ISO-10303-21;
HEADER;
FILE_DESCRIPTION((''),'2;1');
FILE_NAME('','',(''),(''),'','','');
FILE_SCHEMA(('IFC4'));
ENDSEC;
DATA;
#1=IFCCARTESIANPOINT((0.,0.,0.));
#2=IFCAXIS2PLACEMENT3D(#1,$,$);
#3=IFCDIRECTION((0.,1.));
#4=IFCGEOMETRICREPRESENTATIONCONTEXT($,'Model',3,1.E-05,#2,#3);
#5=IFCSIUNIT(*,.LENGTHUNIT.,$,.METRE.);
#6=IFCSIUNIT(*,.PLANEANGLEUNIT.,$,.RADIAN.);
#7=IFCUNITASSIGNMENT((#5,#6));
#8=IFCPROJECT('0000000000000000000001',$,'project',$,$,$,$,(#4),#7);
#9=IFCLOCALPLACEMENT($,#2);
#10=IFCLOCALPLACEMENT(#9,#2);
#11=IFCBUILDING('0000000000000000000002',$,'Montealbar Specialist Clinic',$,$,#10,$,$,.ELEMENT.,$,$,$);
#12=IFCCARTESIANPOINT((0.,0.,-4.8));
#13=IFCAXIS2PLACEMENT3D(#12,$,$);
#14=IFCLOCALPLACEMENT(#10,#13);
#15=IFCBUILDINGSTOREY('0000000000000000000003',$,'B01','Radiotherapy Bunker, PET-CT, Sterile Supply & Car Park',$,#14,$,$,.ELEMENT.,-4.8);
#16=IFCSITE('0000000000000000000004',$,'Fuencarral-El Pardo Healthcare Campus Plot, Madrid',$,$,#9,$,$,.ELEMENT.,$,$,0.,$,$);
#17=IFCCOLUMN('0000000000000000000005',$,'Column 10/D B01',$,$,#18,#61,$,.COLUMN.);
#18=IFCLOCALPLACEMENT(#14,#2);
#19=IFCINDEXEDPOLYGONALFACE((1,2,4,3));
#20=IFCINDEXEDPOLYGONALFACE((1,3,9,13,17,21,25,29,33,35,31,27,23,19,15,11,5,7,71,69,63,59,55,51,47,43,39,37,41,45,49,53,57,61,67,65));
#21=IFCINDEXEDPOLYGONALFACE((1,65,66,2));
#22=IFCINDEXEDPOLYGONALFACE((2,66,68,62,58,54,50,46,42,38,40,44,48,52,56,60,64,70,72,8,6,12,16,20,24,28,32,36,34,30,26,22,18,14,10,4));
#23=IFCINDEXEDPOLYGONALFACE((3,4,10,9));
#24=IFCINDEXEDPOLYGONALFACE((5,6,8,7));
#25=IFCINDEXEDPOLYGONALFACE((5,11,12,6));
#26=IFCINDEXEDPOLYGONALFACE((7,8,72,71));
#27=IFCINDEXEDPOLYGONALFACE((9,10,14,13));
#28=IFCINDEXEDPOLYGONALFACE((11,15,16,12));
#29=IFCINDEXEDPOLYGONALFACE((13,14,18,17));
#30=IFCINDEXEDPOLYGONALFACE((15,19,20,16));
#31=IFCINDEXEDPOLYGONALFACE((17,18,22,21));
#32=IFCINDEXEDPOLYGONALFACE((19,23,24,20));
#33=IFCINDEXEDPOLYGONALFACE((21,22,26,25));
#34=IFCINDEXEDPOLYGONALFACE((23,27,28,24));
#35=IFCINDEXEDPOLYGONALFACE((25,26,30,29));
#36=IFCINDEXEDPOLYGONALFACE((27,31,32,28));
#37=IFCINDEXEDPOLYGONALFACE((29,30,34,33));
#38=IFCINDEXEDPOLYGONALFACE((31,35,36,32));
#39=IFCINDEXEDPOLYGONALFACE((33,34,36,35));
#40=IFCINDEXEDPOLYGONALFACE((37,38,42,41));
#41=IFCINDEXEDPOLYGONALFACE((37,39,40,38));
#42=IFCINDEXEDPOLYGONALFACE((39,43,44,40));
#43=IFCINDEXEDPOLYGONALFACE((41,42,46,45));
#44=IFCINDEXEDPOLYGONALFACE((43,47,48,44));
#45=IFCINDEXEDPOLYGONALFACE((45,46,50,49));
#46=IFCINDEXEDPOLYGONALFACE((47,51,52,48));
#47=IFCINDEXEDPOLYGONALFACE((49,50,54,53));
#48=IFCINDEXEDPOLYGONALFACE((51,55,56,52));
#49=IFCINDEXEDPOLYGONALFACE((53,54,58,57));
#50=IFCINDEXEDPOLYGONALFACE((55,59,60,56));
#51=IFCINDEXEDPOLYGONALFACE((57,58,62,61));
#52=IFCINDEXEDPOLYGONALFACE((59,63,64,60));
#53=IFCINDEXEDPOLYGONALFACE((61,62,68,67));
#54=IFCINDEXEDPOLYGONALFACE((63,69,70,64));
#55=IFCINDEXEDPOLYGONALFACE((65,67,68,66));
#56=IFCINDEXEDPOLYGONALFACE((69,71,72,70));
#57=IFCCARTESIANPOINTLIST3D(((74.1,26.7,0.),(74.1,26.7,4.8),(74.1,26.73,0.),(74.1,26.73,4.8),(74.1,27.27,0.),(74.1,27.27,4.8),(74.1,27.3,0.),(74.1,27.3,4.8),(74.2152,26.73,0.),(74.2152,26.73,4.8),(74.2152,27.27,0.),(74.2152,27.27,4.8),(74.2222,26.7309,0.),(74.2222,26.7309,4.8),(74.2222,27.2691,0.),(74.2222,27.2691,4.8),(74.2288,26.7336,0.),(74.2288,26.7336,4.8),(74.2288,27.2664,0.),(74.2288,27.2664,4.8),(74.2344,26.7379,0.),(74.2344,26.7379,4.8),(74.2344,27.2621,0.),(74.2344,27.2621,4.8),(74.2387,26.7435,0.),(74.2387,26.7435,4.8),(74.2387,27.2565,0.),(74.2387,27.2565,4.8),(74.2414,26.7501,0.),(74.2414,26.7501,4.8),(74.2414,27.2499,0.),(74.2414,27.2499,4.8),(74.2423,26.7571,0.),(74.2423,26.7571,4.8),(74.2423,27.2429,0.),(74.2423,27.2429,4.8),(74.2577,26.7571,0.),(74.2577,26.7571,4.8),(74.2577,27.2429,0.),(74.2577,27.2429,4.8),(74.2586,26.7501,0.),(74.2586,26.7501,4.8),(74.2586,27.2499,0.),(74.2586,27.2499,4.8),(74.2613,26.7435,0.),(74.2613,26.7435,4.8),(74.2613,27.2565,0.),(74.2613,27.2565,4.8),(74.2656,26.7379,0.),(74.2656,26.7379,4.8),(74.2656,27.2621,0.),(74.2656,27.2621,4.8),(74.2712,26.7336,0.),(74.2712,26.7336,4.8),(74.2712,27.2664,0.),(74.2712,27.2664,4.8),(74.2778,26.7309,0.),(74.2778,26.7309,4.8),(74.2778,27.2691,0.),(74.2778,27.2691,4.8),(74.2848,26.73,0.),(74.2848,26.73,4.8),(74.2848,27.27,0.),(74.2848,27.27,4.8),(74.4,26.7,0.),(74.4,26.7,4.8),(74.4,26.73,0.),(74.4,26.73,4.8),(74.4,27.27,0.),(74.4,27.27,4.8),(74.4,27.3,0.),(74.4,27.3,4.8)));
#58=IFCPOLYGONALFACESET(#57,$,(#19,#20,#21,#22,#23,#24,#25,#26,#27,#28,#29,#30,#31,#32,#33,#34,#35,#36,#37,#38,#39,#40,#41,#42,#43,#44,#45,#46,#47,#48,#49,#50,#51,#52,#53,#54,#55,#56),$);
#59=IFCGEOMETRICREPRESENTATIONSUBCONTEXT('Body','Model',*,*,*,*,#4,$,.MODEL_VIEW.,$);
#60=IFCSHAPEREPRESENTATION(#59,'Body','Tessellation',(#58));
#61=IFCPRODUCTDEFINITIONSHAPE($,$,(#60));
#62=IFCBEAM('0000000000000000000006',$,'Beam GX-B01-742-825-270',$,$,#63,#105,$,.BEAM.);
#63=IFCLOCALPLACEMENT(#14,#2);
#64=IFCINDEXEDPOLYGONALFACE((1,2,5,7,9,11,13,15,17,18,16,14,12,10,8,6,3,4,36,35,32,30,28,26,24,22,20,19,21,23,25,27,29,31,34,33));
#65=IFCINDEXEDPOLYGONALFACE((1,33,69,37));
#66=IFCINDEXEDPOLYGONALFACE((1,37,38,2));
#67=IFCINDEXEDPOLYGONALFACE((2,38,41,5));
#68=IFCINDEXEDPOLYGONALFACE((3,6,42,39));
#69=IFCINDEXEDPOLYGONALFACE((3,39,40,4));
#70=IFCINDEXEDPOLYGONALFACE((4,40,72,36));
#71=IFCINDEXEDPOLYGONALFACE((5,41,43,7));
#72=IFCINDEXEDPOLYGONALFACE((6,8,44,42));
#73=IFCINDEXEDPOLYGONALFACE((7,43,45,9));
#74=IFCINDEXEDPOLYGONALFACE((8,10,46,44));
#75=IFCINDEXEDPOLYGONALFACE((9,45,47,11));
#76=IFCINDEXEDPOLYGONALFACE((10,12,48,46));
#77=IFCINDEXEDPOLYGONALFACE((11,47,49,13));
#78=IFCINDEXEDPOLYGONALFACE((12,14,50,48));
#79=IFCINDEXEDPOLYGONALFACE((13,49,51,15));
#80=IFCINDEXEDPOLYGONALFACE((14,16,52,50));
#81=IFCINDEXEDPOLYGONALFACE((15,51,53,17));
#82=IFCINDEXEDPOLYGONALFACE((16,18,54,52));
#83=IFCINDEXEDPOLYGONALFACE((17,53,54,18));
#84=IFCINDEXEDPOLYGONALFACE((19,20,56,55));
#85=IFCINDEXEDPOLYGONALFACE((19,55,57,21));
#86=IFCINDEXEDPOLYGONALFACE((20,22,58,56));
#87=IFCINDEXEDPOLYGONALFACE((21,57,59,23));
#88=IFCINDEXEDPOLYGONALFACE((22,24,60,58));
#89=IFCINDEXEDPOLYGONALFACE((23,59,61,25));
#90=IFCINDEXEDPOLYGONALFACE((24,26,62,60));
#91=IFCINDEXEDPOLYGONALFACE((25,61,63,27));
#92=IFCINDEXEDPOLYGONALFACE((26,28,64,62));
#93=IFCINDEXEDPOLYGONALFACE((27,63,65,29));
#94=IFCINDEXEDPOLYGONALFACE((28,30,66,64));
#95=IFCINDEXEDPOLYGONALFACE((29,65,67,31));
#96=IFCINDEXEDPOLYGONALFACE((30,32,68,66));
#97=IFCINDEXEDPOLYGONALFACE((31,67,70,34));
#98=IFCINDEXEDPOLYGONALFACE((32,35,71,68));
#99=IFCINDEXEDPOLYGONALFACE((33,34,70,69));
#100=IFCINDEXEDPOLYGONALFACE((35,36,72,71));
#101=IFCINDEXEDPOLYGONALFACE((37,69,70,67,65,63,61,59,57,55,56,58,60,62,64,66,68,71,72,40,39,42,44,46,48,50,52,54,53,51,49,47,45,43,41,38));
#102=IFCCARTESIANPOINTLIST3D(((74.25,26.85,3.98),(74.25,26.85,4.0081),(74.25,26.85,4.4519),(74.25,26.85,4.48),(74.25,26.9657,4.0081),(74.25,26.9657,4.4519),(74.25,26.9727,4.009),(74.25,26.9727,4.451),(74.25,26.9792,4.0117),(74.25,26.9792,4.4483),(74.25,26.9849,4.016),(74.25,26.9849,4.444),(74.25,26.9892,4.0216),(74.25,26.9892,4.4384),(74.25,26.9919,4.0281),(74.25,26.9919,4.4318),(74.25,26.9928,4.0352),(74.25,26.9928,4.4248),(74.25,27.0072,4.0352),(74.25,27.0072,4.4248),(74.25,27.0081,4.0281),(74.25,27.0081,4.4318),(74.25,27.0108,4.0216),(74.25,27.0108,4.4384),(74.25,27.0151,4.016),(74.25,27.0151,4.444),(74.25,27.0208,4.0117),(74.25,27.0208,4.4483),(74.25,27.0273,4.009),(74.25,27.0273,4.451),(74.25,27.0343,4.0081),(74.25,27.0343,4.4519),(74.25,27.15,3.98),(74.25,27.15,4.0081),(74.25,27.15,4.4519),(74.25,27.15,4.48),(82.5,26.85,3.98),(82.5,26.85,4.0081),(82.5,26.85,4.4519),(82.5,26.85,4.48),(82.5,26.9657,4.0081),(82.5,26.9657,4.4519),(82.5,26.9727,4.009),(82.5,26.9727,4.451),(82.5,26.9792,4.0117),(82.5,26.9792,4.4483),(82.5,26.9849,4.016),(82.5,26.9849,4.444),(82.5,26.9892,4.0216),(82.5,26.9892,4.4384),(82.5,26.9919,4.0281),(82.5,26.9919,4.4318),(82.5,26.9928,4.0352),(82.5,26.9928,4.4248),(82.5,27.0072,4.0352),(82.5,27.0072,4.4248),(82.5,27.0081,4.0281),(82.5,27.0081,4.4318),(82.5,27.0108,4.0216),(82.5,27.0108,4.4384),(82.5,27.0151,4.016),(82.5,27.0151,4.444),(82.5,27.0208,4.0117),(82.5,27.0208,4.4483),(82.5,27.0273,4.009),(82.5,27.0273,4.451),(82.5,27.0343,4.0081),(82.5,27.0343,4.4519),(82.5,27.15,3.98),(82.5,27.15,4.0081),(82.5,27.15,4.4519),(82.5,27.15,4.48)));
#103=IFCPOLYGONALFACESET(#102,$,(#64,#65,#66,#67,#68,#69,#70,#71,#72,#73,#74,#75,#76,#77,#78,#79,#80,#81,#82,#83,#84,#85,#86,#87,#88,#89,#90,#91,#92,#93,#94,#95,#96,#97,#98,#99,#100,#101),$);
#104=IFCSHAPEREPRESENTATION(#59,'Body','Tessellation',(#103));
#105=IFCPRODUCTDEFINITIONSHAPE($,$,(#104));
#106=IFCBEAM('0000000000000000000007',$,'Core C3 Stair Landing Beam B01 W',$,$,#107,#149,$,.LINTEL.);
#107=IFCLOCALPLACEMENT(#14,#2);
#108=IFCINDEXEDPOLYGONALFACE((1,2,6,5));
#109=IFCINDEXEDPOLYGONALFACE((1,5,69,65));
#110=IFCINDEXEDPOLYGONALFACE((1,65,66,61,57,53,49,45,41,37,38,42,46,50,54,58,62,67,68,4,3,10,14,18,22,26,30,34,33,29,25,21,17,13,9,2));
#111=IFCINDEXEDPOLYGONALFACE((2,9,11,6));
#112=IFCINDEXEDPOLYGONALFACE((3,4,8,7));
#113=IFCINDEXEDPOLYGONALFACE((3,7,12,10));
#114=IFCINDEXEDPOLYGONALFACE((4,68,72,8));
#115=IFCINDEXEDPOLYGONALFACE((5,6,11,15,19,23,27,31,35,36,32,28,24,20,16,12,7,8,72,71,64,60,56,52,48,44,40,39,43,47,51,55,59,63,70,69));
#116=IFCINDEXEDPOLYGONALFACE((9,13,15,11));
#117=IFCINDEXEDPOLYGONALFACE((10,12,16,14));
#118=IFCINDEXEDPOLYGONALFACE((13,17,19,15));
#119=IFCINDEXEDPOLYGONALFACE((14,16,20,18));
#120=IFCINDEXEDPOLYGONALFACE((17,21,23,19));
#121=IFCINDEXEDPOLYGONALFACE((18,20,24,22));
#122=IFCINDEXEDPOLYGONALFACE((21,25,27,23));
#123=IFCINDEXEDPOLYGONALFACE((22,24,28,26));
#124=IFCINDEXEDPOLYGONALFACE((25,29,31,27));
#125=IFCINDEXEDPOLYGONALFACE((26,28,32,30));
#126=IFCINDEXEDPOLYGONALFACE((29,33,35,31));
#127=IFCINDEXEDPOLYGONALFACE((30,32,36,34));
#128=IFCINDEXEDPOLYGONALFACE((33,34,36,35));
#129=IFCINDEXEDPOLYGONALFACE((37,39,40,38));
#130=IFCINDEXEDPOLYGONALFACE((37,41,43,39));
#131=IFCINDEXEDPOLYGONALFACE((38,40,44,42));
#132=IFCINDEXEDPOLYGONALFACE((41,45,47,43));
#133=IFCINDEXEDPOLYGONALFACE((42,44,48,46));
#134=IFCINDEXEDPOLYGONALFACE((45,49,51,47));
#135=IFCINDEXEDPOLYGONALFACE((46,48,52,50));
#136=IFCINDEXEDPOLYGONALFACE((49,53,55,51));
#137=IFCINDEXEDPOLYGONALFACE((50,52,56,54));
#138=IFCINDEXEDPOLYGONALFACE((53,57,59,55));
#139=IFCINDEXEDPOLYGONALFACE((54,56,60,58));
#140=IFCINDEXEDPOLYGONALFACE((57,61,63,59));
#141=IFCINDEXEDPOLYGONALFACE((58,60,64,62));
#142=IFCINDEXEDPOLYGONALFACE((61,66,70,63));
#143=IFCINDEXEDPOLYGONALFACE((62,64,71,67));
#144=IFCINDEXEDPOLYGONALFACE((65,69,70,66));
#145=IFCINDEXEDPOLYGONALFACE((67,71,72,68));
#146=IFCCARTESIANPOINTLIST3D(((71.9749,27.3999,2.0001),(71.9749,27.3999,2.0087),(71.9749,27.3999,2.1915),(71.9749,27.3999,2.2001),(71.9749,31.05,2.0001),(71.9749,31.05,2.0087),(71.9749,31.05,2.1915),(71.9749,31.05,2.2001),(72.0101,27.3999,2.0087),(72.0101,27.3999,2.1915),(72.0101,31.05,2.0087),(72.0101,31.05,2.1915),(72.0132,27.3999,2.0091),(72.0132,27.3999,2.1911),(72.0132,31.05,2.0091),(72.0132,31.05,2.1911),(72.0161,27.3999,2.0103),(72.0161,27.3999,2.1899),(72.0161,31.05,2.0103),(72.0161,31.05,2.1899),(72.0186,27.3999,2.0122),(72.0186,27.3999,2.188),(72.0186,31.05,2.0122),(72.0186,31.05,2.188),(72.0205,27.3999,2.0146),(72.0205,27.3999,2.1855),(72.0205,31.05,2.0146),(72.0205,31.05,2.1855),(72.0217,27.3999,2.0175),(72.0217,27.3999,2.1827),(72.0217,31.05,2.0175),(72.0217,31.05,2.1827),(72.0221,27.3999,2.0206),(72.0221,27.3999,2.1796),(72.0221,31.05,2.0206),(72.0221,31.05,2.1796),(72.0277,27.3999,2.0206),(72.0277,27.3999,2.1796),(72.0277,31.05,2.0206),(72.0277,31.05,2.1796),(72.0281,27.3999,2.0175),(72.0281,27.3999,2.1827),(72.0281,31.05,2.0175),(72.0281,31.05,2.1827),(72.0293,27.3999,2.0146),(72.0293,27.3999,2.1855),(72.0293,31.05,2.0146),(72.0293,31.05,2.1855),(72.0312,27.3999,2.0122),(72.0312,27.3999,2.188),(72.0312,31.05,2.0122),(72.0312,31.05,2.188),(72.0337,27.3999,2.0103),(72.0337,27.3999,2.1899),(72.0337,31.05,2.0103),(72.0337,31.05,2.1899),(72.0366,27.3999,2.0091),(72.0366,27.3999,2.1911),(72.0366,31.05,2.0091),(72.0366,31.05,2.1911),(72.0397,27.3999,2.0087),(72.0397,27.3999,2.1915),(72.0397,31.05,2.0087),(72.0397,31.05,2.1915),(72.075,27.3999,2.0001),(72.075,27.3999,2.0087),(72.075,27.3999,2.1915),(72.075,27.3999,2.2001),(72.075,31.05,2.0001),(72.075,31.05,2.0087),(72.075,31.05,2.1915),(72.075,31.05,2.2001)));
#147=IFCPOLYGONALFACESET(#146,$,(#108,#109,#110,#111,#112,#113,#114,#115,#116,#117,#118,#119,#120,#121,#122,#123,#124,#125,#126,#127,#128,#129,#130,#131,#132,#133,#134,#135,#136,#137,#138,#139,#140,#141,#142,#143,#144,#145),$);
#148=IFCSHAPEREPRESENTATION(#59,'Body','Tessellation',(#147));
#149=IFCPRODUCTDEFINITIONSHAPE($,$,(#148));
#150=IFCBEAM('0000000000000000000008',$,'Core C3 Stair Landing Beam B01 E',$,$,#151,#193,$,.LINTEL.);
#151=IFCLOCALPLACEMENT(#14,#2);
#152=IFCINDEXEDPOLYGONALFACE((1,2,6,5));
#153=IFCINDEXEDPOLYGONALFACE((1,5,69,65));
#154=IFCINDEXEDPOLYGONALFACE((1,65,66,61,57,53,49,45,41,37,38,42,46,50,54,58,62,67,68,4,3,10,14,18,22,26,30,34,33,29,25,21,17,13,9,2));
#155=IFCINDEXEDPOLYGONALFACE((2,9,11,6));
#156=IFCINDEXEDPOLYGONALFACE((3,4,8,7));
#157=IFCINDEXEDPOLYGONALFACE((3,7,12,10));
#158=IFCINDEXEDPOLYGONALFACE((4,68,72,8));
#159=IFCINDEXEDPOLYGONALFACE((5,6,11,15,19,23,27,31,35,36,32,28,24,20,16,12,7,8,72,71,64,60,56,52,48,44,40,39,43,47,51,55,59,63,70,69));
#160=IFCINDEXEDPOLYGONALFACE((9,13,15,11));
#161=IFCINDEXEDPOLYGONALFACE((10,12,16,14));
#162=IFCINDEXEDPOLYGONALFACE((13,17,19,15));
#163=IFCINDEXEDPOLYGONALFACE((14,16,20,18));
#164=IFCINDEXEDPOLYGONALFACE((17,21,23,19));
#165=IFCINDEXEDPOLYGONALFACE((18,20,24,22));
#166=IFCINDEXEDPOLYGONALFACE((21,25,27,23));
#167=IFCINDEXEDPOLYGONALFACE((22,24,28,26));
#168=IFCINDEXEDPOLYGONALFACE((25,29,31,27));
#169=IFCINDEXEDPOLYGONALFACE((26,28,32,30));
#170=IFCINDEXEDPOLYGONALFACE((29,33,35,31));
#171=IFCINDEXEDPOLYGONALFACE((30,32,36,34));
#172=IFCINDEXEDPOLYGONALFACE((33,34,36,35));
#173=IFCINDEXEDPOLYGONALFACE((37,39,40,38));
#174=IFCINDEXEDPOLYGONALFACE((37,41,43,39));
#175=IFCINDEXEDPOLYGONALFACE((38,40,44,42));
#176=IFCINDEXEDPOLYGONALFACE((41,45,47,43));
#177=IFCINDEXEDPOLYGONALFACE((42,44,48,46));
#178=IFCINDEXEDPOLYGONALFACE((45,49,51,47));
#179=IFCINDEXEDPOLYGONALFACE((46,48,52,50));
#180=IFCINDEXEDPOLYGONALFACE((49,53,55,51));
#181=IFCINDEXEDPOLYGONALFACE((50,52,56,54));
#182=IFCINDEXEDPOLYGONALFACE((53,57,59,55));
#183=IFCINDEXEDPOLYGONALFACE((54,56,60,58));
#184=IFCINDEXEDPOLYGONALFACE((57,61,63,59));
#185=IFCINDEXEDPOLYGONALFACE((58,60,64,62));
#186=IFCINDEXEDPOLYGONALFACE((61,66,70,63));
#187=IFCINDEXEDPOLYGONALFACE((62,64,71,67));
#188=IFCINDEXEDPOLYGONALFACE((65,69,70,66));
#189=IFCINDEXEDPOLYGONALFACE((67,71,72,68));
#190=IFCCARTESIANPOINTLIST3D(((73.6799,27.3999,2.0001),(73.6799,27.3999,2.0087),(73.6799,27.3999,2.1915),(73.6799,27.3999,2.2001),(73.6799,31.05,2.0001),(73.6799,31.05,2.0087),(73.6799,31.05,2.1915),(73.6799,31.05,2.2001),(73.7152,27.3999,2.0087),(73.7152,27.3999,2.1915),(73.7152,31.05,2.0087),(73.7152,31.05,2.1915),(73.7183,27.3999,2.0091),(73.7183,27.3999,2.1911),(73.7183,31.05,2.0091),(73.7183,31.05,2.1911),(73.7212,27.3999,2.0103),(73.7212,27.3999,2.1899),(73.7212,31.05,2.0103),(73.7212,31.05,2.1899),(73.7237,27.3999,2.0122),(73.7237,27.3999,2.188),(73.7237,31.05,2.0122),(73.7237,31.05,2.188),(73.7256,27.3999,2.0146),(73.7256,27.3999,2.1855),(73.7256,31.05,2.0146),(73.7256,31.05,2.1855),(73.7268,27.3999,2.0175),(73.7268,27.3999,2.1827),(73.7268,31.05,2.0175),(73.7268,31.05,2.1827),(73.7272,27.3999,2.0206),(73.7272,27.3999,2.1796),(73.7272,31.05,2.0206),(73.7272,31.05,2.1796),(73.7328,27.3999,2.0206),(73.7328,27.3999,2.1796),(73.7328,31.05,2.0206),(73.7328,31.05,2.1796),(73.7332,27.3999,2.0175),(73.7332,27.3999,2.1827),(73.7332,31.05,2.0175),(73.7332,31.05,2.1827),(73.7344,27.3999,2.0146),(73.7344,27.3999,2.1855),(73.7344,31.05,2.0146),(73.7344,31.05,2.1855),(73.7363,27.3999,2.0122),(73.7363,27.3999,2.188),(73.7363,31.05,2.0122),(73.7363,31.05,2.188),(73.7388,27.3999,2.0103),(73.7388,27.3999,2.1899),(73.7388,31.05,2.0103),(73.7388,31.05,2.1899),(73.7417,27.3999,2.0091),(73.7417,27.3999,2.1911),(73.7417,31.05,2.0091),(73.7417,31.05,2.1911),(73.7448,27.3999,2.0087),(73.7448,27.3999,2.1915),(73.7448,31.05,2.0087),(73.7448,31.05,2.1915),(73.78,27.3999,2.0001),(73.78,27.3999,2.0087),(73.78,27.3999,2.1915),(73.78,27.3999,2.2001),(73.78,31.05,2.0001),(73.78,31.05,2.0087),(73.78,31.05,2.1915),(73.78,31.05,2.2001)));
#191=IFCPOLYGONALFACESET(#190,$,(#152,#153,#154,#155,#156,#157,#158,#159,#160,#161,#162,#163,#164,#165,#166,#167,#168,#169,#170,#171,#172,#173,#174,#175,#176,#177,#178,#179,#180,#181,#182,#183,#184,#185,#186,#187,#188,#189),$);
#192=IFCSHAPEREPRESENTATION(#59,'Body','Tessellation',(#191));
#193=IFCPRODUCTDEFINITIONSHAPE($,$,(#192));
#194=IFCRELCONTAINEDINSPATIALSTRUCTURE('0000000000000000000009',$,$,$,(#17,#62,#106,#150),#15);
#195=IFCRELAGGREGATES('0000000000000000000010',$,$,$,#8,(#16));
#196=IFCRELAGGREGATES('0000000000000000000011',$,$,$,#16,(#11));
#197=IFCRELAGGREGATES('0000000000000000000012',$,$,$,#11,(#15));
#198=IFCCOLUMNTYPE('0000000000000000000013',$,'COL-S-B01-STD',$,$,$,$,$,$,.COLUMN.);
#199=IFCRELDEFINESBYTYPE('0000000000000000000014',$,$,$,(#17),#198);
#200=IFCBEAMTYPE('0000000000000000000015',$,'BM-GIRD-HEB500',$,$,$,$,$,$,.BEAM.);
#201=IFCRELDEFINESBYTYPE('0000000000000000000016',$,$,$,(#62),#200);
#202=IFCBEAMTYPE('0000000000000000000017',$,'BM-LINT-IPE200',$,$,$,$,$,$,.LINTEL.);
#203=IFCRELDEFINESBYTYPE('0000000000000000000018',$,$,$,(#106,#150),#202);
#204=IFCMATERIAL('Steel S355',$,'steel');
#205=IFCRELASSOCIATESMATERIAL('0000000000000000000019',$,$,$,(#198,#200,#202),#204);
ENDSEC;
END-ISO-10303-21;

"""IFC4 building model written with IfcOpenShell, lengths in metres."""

from ifc_helpers import new_model, si_unit, direction, frame, origin, origin_2d, place, context, subcontext, project, spatial, i_section, extrude, material, material_profile, profile_set, type_object, element, save


model = new_model("IFC4")

# Units and contexts
model_context = context("Model", 3, precision=1e-05, world=origin(), true_north=direction((0.0, 1.0)))
body_context = subcontext(model_context, "Body", "Model", "MODEL_VIEW")
ifc_project = project(units=[si_unit("LENGTHUNIT", "METRE"), si_unit("PLANEANGLEUNIT", "RADIAN")], contexts=[model_context])

# Site, building, storey
site_placement = place(None, origin())
site = spatial("IfcSite", under=ifc_project, at=site_placement, Name="Fuencarral-El Pardo Healthcare Campus Plot, Madrid", CompositionType="ELEMENT", RefElevation=0.0)
building_placement = place(site_placement, origin())
building = spatial("IfcBuilding", under=site, at=building_placement, Name="Montealbar Specialist Clinic", CompositionType="ELEMENT")
storey_placement = place(building_placement, frame((0.0, 0.0, -4.8)))
storey = spatial("IfcBuildingStorey", under=building, at=storey_placement, Name="B01", Description="Radiotherapy Bunker, PET-CT, Sterile Supply & Car Park", CompositionType="ELEMENT", Elevation=-4.8)

# Column
ifc_material_1 = material(Name="Steel S355", Category="steel")
ifc_material_profile_1 = material_profile(ifc_material_1, i_section(OverallWidth=0.3, OverallDepth=0.6001, WebThickness=0.0154, FlangeThickness=0.03, FilletRadius=0.0271, at=origin_2d()), Name="HEB 600", Category="steel")
ifc_profile_set_1 = profile_set([ifc_material_profile_1], Name="Steel S355")
column_type = type_object("IfcColumnType", Name="COL-S-B01-STD", PredefinedType="COLUMN", material=ifc_profile_set_1)
column_placement = place(storey_placement, frame((74.25, 27.0, 0.0), z_axis=(0.0, 0.0, 1.0), x_axis=(1.0, 0.0, 0.0)))
element("IfcColumn", 1, at=column_placement, inside=storey, type_object=column_type, Name="Column 10/D B01", PredefinedType="COLUMN", context=body_context, shape_type="SweptSolid", body=[
    extrude(i_section(OverallWidth=0.3, OverallDepth=0.6001, WebThickness=0.0154, FlangeThickness=0.03, FilletRadius=0.0271, at=origin_2d()), origin(), (0.0, 0.0, 1.0), 4.8),
])

# Beams
ifc_material_profile_2 = material_profile(ifc_material_1, i_section(OverallWidth=0.3, OverallDepth=0.5, WebThickness=0.0144, FlangeThickness=0.0281, FilletRadius=0.0271, at=origin_2d()), Name="HEB 500", Category="steel")
ifc_profile_set_2 = profile_set([ifc_material_profile_2], Name="Steel S355")
beam_type_1 = type_object("IfcBeamType", Name="BM-GIRD-HEB500", PredefinedType="BEAM", material=ifc_profile_set_2)
beam_1_placement = place(storey_placement, frame((74.25, 27.0, 4.23), z_axis=(1.0, 0.0, 0.0), x_axis=(0.0, 1.0, 0.0)))
element("IfcBeam", 2, at=beam_1_placement, inside=storey, type_object=beam_type_1, Name="Beam GX-B01-742-825-270", PredefinedType="BEAM", context=body_context, shape_type="SweptSolid", body=[
    extrude(i_section(OverallWidth=0.3, OverallDepth=0.5, WebThickness=0.0144, FlangeThickness=0.0281, FilletRadius=0.0271, at=origin_2d()), origin(), (0.0, 0.0, 1.0), 8.25),
])
ifc_material_profile_3 = material_profile(ifc_material_1, i_section(OverallWidth=0.1001, OverallDepth=0.2, WebThickness=0.0056, FlangeThickness=0.0085, FilletRadius=0.012, at=origin_2d()), Name="IPE 200", Category="steel")
ifc_profile_set_3 = profile_set([ifc_material_profile_3], Name="Steel S355")
beam_type_2 = type_object("IfcBeamType", Name="BM-LINT-IPE200", PredefinedType="LINTEL", material=ifc_profile_set_3)
for number, where, z_axis, x_axis, name in (
    (3, (72.0249, 27.3999, 2.1001), (0.0, 1.0, 0.0), (-1.0, 0.0, 0.0), "Core C3 Stair Landing Beam B01 W"),
    (4, (73.73, 27.3999, 2.1001), (0.0, 1.0, 0.0), (-1.0, 0.0, 0.0), "Core C3 Stair Landing Beam B01 E"),
):
    element("IfcBeam", number, at=place(storey_placement, frame(where, z_axis=z_axis, x_axis=x_axis)), inside=storey, type_object=beam_type_2, Name=name, PredefinedType="LINTEL", context=body_context, shape_type="SweptSolid", body=[
        extrude(i_section(OverallWidth=0.1001, OverallDepth=0.2, WebThickness=0.0056, FlangeThickness=0.0085, FilletRadius=0.012, at=origin_2d()), origin(), (0.0, 0.0, 1.0), 3.6501),
    ])

save(model, "model.ifc")
